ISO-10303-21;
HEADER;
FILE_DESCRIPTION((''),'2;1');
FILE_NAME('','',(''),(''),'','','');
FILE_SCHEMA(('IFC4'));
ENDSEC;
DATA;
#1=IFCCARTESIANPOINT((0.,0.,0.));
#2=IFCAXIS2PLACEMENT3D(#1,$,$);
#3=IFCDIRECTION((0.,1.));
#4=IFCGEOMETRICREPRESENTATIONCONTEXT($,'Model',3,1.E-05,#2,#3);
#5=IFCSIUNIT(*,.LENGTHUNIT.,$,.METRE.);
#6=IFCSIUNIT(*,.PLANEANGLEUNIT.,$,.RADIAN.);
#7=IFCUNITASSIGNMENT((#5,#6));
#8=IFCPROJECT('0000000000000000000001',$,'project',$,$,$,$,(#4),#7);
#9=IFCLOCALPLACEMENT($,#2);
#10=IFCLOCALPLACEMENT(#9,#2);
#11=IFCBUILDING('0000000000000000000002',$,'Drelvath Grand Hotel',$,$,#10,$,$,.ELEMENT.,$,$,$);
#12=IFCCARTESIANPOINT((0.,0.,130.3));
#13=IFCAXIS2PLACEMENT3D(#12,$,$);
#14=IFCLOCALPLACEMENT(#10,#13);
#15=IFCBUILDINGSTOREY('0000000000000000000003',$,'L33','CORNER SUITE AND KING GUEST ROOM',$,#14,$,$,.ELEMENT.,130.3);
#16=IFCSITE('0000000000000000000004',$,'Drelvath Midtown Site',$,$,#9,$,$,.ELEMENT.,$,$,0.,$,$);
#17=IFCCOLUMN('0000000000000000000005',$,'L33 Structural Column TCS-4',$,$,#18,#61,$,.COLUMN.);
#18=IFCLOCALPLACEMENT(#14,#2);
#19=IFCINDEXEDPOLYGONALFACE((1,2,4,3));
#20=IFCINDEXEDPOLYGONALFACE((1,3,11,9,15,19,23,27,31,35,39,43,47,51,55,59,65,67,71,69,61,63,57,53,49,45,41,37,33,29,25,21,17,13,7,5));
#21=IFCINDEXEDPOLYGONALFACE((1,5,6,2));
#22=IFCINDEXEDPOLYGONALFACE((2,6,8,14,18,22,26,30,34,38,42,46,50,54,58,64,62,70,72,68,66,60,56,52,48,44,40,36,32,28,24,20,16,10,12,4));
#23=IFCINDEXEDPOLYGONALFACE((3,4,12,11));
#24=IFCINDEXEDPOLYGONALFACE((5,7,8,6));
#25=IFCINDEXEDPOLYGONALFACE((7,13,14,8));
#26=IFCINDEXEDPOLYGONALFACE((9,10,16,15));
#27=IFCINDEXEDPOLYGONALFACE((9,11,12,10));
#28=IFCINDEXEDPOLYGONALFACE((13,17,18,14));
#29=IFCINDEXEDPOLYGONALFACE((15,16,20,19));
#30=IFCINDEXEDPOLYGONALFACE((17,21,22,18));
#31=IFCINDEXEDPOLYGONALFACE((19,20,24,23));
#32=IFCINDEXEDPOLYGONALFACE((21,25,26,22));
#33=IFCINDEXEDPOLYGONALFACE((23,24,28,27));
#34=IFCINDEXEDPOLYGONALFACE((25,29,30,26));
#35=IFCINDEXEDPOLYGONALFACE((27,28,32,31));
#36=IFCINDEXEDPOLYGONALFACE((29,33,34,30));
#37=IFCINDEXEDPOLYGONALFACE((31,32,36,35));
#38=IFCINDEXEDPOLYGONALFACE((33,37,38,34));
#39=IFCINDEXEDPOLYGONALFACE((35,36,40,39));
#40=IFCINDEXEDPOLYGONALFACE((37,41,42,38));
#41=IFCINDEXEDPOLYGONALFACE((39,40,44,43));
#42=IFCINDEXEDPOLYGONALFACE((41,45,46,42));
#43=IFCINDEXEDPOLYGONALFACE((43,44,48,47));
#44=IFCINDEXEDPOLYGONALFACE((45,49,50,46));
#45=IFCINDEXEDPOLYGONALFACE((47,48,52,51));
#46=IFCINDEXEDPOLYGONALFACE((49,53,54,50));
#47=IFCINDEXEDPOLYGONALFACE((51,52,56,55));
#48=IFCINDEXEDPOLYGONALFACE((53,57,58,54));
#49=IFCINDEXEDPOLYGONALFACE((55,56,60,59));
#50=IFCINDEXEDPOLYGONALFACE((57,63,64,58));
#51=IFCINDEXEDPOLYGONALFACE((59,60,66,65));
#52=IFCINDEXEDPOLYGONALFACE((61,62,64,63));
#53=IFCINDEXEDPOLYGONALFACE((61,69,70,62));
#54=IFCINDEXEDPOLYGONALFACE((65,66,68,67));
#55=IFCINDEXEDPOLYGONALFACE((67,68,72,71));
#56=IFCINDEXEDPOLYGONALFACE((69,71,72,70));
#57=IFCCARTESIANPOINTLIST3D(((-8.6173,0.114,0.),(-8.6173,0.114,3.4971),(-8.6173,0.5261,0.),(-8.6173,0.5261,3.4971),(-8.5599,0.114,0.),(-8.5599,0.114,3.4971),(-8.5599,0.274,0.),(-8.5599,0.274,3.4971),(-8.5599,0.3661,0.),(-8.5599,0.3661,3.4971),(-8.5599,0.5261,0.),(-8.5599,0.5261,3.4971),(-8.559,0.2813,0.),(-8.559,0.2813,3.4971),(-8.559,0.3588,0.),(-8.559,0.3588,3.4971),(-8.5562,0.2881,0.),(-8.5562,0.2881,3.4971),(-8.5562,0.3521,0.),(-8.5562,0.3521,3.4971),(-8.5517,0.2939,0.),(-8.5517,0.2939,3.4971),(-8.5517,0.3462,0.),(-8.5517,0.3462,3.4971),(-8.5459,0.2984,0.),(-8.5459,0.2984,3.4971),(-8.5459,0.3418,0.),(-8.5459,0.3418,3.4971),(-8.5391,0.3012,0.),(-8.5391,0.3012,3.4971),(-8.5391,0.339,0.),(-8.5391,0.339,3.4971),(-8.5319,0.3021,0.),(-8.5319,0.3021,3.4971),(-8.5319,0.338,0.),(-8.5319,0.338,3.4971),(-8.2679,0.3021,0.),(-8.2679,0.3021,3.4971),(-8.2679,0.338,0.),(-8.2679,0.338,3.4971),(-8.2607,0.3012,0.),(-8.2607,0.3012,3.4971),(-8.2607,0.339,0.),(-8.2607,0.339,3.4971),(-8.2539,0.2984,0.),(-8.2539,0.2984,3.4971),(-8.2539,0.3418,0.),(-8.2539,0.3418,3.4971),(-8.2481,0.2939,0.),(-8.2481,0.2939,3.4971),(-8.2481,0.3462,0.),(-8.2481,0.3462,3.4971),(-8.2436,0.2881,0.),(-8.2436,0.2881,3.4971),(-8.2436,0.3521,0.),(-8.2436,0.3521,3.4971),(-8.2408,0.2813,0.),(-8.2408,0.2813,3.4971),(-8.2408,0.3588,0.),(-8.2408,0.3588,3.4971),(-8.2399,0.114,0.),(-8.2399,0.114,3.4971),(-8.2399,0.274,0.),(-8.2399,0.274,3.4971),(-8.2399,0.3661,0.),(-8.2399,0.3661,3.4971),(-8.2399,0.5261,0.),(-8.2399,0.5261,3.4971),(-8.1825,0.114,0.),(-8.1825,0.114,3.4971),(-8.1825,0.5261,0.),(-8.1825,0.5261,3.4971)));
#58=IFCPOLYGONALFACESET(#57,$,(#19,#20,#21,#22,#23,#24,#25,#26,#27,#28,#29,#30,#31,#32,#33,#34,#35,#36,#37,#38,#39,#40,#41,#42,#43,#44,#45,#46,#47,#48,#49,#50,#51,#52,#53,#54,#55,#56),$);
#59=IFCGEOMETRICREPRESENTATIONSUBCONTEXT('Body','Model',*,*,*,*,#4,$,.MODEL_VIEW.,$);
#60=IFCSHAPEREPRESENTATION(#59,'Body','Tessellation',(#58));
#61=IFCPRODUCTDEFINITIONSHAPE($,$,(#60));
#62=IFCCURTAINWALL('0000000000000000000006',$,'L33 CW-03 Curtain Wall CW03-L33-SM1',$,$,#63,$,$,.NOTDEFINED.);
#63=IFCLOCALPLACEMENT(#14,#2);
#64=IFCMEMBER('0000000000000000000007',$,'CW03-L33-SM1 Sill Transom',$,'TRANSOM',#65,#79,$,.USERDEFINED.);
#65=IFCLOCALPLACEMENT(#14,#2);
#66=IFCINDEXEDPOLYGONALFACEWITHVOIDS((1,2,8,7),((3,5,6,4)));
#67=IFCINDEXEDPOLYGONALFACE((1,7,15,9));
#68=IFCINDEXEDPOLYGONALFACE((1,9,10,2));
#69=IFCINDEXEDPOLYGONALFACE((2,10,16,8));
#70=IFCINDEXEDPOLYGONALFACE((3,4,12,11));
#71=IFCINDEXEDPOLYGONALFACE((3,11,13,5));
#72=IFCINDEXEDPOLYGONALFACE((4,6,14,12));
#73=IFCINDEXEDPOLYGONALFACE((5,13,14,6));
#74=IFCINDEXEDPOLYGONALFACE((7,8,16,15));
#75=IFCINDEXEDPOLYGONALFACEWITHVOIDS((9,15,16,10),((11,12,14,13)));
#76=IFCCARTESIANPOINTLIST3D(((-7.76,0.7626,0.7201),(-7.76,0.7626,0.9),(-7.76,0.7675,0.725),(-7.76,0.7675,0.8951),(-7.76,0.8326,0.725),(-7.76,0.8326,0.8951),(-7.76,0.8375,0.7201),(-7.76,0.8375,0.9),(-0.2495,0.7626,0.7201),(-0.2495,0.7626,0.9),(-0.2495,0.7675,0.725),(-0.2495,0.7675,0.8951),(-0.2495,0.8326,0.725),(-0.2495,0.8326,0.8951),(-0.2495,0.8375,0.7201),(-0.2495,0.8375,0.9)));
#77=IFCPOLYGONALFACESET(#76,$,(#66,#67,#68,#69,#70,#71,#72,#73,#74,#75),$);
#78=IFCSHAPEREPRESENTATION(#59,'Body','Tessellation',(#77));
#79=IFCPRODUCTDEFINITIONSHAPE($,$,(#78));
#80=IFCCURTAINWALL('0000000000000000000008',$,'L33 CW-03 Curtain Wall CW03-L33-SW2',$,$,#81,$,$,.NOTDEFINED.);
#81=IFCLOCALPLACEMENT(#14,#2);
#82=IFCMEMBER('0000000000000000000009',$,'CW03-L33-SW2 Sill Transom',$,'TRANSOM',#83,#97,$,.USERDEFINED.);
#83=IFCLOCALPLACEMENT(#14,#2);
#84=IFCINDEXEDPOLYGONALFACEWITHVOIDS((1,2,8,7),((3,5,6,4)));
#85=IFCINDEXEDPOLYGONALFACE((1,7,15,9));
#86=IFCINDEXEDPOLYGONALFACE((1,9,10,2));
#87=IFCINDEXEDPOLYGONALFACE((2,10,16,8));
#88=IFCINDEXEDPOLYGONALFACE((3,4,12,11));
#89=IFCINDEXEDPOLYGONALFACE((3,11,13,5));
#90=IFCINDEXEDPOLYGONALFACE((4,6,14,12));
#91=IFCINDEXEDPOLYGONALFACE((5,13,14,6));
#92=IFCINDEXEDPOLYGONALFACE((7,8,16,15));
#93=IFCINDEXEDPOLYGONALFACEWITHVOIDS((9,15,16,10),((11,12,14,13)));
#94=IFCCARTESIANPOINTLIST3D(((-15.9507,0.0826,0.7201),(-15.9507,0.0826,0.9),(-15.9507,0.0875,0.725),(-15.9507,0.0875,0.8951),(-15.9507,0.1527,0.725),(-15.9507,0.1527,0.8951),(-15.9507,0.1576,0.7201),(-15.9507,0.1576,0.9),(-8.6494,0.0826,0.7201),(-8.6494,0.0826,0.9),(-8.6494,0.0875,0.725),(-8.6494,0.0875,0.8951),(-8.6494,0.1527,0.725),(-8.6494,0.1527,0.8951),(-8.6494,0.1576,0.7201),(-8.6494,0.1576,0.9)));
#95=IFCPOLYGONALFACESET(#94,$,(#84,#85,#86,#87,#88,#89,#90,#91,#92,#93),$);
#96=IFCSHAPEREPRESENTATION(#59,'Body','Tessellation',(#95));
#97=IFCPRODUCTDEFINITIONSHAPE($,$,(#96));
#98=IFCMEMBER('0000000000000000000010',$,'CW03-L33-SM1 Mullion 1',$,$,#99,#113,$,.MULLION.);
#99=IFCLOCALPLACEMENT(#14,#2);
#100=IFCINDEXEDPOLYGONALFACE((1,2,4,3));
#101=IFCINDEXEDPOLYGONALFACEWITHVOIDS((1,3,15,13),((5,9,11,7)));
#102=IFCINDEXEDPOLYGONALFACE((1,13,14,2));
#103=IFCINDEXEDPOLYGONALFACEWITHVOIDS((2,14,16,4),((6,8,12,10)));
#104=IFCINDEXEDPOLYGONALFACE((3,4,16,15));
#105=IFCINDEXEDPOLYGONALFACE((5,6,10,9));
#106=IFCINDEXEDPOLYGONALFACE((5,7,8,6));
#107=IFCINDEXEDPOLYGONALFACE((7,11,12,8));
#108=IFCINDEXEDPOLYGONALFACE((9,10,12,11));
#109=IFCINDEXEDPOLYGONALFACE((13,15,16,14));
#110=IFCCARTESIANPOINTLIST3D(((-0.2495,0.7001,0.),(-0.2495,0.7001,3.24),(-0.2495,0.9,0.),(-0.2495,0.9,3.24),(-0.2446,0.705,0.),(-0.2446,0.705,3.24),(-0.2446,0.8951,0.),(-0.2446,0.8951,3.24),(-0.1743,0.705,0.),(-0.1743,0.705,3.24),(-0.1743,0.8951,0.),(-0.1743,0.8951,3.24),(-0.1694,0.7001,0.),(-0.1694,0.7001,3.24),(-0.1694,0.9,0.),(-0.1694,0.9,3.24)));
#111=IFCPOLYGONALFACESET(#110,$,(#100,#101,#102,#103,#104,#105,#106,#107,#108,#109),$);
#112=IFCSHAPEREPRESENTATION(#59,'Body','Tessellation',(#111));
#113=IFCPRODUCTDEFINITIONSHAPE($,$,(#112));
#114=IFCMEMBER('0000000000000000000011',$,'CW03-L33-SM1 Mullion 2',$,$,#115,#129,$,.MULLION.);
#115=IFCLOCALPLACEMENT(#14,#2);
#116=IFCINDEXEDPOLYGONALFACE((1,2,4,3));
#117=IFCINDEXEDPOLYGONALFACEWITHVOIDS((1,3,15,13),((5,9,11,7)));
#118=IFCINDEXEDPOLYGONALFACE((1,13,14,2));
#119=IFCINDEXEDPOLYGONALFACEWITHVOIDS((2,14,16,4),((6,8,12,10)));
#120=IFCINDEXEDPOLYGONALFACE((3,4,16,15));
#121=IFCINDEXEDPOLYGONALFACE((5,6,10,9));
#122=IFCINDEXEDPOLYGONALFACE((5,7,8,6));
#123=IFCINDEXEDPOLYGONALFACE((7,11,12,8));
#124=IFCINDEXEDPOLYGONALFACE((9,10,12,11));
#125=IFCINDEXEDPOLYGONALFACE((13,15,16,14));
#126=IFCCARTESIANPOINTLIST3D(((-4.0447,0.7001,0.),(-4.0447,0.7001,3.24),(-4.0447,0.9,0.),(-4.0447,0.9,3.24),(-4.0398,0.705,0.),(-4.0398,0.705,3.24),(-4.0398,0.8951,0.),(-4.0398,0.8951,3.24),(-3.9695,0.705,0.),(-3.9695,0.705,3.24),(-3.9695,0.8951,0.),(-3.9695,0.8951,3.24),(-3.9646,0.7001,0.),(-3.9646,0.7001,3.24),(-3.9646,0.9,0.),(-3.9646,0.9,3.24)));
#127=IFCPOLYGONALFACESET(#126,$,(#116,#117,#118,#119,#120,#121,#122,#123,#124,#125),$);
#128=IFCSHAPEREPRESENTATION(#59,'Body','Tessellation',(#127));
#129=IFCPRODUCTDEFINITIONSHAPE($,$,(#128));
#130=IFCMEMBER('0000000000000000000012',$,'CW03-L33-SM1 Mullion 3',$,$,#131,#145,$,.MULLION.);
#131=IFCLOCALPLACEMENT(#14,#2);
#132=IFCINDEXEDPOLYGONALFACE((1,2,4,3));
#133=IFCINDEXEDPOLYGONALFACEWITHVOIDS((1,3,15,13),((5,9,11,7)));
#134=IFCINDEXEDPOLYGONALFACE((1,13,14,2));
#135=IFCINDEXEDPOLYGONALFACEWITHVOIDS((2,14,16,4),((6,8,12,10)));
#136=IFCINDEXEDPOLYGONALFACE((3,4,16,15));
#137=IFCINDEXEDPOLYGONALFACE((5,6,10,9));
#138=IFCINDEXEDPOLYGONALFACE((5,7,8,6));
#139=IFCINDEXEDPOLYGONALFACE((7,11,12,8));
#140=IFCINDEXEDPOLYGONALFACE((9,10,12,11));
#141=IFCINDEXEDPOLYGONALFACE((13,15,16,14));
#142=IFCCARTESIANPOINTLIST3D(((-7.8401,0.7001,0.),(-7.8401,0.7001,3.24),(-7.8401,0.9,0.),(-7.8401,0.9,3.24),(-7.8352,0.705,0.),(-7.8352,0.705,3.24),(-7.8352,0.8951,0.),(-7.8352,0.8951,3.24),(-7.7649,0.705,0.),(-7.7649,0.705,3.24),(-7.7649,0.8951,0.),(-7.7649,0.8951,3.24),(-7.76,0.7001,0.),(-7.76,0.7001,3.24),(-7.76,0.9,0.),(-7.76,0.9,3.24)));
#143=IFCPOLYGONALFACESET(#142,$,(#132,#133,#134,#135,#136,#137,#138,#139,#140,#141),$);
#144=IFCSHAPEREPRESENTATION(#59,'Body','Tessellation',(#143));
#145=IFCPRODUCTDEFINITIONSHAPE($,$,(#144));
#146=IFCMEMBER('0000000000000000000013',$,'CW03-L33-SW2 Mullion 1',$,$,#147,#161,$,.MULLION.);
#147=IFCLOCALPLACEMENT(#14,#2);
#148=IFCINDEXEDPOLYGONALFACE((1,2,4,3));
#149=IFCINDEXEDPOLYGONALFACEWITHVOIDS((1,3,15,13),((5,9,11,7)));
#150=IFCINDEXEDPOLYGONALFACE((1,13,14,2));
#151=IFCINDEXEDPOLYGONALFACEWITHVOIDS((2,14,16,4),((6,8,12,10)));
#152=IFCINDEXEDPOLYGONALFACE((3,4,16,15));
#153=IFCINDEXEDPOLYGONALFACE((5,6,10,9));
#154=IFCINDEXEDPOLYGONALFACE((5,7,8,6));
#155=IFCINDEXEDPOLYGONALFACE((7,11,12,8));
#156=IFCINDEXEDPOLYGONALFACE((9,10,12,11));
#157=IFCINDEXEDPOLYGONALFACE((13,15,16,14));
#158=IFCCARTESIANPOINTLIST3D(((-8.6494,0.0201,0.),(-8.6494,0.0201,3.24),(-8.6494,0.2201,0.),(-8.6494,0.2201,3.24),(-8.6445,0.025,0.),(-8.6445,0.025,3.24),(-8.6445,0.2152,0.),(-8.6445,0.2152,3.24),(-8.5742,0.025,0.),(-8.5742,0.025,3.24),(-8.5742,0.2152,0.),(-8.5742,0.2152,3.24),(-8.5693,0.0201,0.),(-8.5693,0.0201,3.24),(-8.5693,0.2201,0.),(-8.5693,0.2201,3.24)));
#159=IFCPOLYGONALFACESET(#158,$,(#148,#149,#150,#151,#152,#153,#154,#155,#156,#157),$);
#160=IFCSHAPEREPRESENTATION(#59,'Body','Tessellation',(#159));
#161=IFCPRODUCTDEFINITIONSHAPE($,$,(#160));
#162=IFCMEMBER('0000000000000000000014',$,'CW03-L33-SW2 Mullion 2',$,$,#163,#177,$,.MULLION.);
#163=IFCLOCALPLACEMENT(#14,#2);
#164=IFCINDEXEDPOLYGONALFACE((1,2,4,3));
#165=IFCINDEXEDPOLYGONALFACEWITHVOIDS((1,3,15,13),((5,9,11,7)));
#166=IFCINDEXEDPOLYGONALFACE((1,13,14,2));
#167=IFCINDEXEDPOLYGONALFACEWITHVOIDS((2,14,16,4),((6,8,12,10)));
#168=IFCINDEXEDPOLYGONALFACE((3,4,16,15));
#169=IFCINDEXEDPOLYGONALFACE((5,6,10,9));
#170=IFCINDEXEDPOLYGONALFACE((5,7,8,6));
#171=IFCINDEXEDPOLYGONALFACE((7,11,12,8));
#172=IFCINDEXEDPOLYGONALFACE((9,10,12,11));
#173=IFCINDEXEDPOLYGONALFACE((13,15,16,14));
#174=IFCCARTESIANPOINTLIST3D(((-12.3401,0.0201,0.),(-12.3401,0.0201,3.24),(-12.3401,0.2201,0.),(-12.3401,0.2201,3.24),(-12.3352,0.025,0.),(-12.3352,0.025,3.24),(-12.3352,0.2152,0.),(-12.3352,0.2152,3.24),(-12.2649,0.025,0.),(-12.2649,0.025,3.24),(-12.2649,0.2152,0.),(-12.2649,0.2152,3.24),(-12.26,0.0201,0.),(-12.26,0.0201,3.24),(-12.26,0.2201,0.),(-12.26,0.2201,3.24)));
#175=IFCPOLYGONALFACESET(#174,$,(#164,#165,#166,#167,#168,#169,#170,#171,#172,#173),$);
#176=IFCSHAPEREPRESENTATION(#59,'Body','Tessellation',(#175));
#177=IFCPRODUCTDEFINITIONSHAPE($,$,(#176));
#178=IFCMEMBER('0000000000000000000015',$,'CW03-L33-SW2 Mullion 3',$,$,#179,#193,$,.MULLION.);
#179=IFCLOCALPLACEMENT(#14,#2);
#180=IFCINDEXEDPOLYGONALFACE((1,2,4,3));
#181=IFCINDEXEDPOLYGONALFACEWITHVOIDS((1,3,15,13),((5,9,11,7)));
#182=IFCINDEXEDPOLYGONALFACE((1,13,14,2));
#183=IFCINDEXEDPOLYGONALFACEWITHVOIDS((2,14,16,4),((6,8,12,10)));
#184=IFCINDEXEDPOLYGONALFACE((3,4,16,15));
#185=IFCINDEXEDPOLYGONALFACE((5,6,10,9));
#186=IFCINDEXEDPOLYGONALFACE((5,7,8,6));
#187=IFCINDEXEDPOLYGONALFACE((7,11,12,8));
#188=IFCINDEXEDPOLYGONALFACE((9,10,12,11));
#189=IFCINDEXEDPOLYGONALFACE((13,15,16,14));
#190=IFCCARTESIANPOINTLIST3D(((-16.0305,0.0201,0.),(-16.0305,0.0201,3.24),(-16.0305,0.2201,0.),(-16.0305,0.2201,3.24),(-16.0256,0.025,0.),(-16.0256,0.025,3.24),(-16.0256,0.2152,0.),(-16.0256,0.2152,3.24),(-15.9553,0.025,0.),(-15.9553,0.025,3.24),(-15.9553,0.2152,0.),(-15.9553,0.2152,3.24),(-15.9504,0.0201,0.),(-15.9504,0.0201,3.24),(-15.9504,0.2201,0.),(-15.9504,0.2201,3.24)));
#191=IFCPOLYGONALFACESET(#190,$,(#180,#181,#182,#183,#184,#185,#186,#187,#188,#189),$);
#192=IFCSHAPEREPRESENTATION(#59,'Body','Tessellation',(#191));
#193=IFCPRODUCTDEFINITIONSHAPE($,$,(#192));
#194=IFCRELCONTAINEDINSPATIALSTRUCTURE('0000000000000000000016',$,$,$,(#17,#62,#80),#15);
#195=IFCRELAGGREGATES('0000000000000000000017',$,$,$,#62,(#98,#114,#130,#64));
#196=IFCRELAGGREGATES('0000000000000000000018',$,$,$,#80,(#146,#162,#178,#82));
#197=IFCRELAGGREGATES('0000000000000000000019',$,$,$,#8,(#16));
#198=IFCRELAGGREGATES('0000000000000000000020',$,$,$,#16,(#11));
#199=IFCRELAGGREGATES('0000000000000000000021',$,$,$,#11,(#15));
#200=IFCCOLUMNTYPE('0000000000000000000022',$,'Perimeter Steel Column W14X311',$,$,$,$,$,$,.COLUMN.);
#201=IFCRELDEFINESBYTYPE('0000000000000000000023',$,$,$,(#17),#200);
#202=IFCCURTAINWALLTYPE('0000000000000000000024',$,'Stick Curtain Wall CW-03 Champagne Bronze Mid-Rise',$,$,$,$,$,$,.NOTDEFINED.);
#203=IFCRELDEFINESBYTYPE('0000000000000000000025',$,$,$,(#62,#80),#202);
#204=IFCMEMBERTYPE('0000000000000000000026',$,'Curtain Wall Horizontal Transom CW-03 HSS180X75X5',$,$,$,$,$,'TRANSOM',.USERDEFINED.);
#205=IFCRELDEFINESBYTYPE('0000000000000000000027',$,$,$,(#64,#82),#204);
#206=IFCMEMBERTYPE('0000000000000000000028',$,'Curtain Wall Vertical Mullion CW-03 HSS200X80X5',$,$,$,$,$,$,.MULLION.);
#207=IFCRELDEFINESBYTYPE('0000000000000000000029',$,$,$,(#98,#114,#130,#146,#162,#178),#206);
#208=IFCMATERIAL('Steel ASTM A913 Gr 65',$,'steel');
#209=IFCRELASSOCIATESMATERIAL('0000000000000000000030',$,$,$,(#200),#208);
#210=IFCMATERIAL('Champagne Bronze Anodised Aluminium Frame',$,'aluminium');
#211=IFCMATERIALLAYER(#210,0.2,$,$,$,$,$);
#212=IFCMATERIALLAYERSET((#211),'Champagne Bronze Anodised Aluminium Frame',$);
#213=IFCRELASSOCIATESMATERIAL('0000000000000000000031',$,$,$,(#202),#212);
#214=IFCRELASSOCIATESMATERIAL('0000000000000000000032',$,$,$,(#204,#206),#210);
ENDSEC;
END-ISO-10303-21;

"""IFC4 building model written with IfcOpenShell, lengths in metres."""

from ifc_helpers import new_model, si_unit, direction, frame, origin, origin_2d, place, context, subcontext, project, spatial, hollow_rectangle, i_section, extrude, material, layer, layer_set, material_profile, profile_set, type_object, element, aggregate, save


model = new_model("IFC4")

# Units and contexts
model_context = context("Model", 3, precision=1e-05, world=origin(), true_north=direction((0.0, 1.0)))
body_context = subcontext(model_context, "Body", "Model", "MODEL_VIEW")
ifc_project = project(units=[si_unit("LENGTHUNIT", "METRE"), si_unit("PLANEANGLEUNIT", "RADIAN")], contexts=[model_context])

# Site, building, storey
site_placement = place(None, origin())
site = spatial("IfcSite", under=ifc_project, at=site_placement, Name="Drelvath Midtown Site", CompositionType="ELEMENT", RefElevation=0.0)
building_placement = place(site_placement, origin())
building = spatial("IfcBuilding", under=site, at=building_placement, Name="Drelvath Grand Hotel", CompositionType="ELEMENT")
storey_placement = place(building_placement, frame((0.0, 0.0, 130.3)))
storey = spatial("IfcBuildingStorey", under=building, at=storey_placement, Name="L33", Description="CORNER SUITE AND KING GUEST ROOM", CompositionType="ELEMENT", Elevation=130.3)

# Column
ifc_material_1 = material(Name="Steel ASTM A913 Gr 65", Category="steel")
ifc_material_profile_1 = material_profile(ifc_material_1, i_section(OverallWidth=0.4121, OverallDepth=0.4348, WebThickness=0.0359, FlangeThickness=0.0574, FilletRadius=0.0281, at=origin_2d()), Name="W14X311")
ifc_profile_set_1 = profile_set([ifc_material_profile_1], Name="Steel ASTM A913 Gr 65")
column_type = type_object("IfcColumnType", Name="Perimeter Steel Column W14X311", PredefinedType="COLUMN", material=ifc_profile_set_1)
column_placement = place(storey_placement, frame((-8.3999, 0.3201, 0.0), z_axis=(0.0, 0.0, 1.0), x_axis=(0.0, 1.0, 0.0)))
element("IfcColumn", 1, at=column_placement, inside=storey, type_object=column_type, Name="L33 Structural Column TCS-4", PredefinedType="COLUMN", context=body_context, shape_type="SweptSolid", body=[
    extrude(i_section(OverallWidth=0.4121, OverallDepth=0.4348, WebThickness=0.0359, FlangeThickness=0.0574, FilletRadius=0.0281, at=origin_2d()), origin(), (0.0, 0.0, 1.0), 3.4971),
])

# Curtain walls, members
ifc_material_2 = material(Name="Champagne Bronze Anodised Aluminium Frame", Category="aluminium")
ifc_layer_1 = layer(ifc_material_2, 0.2)
ifc_layer_set_1 = layer_set([ifc_layer_1], Name="Champagne Bronze Anodised Aluminium Frame")
curtain_wall_type = type_object("IfcCurtainWallType", Name="Stick Curtain Wall CW-03 Champagne Bronze Mid-Rise", PredefinedType="NOTDEFINED", material=ifc_layer_set_1)
curtain_wall_1_placement = place(storey_placement, origin())
curtain_wall_1 = element("IfcCurtainWall", 2, at=curtain_wall_1_placement, inside=storey, type_object=curtain_wall_type, Name="L33 CW-03 Curtain Wall CW03-L33-SM1", PredefinedType="NOTDEFINED")
ifc_material_profile_2 = material_profile(ifc_material_2, hollow_rectangle(XDim=0.075, YDim=0.1799, WallThickness=0.0049, at=origin_2d()), Name="HSS180X75X5")
ifc_profile_set_2 = profile_set([ifc_material_profile_2], Name="Champagne Bronze Anodised Aluminium Frame")
member_type_1 = type_object("IfcMemberType", Name="Curtain Wall Horizontal Transom CW-03 HSS180X75X5", ElementType="TRANSOM", PredefinedType="USERDEFINED", material=ifc_profile_set_2)
member_1_placement = place(storey_placement, frame((-0.2495, 0.8, 0.8101), z_axis=(-1.0, 0.0, 0.0), x_axis=(0.0, -1.0, 0.0)))
member_1 = element("IfcMember", 3, at=member_1_placement, type_object=member_type_1, Name="CW03-L33-SM1 Sill Transom", ObjectType="TRANSOM", PredefinedType="USERDEFINED", context=body_context, shape_type="SweptSolid", body=[
    extrude(hollow_rectangle(XDim=0.075, YDim=0.1799, WallThickness=0.0049, at=origin_2d()), origin(), (0.0, 0.0, 1.0), 7.5105),
])
curtain_wall_2_placement = place(storey_placement, origin())
curtain_wall_2 = element("IfcCurtainWall", 4, at=curtain_wall_2_placement, inside=storey, type_object=curtain_wall_type, Name="L33 CW-03 Curtain Wall CW03-L33-SW2", PredefinedType="NOTDEFINED")
member_2_placement = place(storey_placement, frame((-8.6494, 0.1201, 0.8101), z_axis=(-1.0, 0.0, 0.0), x_axis=(0.0, -1.0, 0.0)))
member_2 = element("IfcMember", 5, at=member_2_placement, type_object=member_type_1, Name="CW03-L33-SW2 Sill Transom", ObjectType="TRANSOM", PredefinedType="USERDEFINED", context=body_context, shape_type="SweptSolid", body=[
    extrude(hollow_rectangle(XDim=0.075, YDim=0.1799, WallThickness=0.0049, at=origin_2d()), origin(), (0.0, 0.0, 1.0), 7.3013),
])

# Members
ifc_material_profile_3 = material_profile(ifc_material_2, hollow_rectangle(XDim=0.0801, YDim=0.2, WallThickness=0.0049, at=origin_2d()), Name="HSS200X80X5")
ifc_profile_set_3 = profile_set([ifc_material_profile_3], Name="Champagne Bronze Anodised Aluminium Frame")
member_type_2 = type_object("IfcMemberType", Name="Curtain Wall Vertical Mullion CW-03 HSS200X80X5", PredefinedType="MULLION", material=ifc_profile_set_3)
member_3_placement = place(storey_placement, frame((-0.2095, 0.8, 0.0), z_axis=(0.0, 0.0, 1.0), x_axis=(1.0, 0.0, 0.0)))
member_3 = element("IfcMember", 6, at=member_3_placement, type_object=member_type_2, Name="CW03-L33-SM1 Mullion 1", PredefinedType="MULLION", context=body_context, shape_type="SweptSolid", body=[
    extrude(hollow_rectangle(XDim=0.0801, YDim=0.2, WallThickness=0.0049, at=origin_2d()), origin(), (0.0, 0.0, 1.0), 3.24),
])
member_4_placement = place(storey_placement, frame((-4.0046, 0.8, 0.0), z_axis=(0.0, 0.0, 1.0), x_axis=(1.0, 0.0, 0.0)))
member_4 = element("IfcMember", 7, at=member_4_placement, type_object=member_type_2, Name="CW03-L33-SM1 Mullion 2", PredefinedType="MULLION", context=body_context, shape_type="SweptSolid", body=[
    extrude(hollow_rectangle(XDim=0.0801, YDim=0.2, WallThickness=0.0049, at=origin_2d()), origin(), (0.0, 0.0, 1.0), 3.24),
])
member_5_placement = place(storey_placement, frame((-7.8, 0.8, 0.0), z_axis=(0.0, 0.0, 1.0), x_axis=(1.0, 0.0, 0.0)))
member_5 = element("IfcMember", 8, at=member_5_placement, type_object=member_type_2, Name="CW03-L33-SM1 Mullion 3", PredefinedType="MULLION", context=body_context, shape_type="SweptSolid", body=[
    extrude(hollow_rectangle(XDim=0.0801, YDim=0.2, WallThickness=0.0049, at=origin_2d()), origin(), (0.0, 0.0, 1.0), 3.24),
])
member_6_placement = place(storey_placement, frame((-8.6094, 0.1201, 0.0), z_axis=(0.0, 0.0, 1.0), x_axis=(1.0, 0.0, 0.0)))
member_6 = element("IfcMember", 9, at=member_6_placement, type_object=member_type_2, Name="CW03-L33-SW2 Mullion 1", PredefinedType="MULLION", context=body_context, shape_type="SweptSolid", body=[
    extrude(hollow_rectangle(XDim=0.0801, YDim=0.2, WallThickness=0.0049, at=origin_2d()), origin(), (0.0, 0.0, 1.0), 3.24),
])
member_7_placement = place(storey_placement, frame((-12.3, 0.1201, 0.0), z_axis=(0.0, 0.0, 1.0), x_axis=(1.0, 0.0, 0.0)))
member_7 = element("IfcMember", 10, at=member_7_placement, type_object=member_type_2, Name="CW03-L33-SW2 Mullion 2", PredefinedType="MULLION", context=body_context, shape_type="SweptSolid", body=[
    extrude(hollow_rectangle(XDim=0.0801, YDim=0.2, WallThickness=0.0049, at=origin_2d()), origin(), (0.0, 0.0, 1.0), 3.24),
])
member_8_placement = place(storey_placement, frame((-15.9905, 0.1201, 0.0), z_axis=(0.0, 0.0, 1.0), x_axis=(1.0, 0.0, 0.0)))
member_8 = element("IfcMember", 11, at=member_8_placement, type_object=member_type_2, Name="CW03-L33-SW2 Mullion 3", PredefinedType="MULLION", context=body_context, shape_type="SweptSolid", body=[
    extrude(hollow_rectangle(XDim=0.0801, YDim=0.2, WallThickness=0.0049, at=origin_2d()), origin(), (0.0, 0.0, 1.0), 3.24),
])

aggregate(curtain_wall_1, [member_3, member_4, member_5, member_1])
aggregate(curtain_wall_2, [member_6, member_7, member_8, member_2])

save(model, "model.ifc")
